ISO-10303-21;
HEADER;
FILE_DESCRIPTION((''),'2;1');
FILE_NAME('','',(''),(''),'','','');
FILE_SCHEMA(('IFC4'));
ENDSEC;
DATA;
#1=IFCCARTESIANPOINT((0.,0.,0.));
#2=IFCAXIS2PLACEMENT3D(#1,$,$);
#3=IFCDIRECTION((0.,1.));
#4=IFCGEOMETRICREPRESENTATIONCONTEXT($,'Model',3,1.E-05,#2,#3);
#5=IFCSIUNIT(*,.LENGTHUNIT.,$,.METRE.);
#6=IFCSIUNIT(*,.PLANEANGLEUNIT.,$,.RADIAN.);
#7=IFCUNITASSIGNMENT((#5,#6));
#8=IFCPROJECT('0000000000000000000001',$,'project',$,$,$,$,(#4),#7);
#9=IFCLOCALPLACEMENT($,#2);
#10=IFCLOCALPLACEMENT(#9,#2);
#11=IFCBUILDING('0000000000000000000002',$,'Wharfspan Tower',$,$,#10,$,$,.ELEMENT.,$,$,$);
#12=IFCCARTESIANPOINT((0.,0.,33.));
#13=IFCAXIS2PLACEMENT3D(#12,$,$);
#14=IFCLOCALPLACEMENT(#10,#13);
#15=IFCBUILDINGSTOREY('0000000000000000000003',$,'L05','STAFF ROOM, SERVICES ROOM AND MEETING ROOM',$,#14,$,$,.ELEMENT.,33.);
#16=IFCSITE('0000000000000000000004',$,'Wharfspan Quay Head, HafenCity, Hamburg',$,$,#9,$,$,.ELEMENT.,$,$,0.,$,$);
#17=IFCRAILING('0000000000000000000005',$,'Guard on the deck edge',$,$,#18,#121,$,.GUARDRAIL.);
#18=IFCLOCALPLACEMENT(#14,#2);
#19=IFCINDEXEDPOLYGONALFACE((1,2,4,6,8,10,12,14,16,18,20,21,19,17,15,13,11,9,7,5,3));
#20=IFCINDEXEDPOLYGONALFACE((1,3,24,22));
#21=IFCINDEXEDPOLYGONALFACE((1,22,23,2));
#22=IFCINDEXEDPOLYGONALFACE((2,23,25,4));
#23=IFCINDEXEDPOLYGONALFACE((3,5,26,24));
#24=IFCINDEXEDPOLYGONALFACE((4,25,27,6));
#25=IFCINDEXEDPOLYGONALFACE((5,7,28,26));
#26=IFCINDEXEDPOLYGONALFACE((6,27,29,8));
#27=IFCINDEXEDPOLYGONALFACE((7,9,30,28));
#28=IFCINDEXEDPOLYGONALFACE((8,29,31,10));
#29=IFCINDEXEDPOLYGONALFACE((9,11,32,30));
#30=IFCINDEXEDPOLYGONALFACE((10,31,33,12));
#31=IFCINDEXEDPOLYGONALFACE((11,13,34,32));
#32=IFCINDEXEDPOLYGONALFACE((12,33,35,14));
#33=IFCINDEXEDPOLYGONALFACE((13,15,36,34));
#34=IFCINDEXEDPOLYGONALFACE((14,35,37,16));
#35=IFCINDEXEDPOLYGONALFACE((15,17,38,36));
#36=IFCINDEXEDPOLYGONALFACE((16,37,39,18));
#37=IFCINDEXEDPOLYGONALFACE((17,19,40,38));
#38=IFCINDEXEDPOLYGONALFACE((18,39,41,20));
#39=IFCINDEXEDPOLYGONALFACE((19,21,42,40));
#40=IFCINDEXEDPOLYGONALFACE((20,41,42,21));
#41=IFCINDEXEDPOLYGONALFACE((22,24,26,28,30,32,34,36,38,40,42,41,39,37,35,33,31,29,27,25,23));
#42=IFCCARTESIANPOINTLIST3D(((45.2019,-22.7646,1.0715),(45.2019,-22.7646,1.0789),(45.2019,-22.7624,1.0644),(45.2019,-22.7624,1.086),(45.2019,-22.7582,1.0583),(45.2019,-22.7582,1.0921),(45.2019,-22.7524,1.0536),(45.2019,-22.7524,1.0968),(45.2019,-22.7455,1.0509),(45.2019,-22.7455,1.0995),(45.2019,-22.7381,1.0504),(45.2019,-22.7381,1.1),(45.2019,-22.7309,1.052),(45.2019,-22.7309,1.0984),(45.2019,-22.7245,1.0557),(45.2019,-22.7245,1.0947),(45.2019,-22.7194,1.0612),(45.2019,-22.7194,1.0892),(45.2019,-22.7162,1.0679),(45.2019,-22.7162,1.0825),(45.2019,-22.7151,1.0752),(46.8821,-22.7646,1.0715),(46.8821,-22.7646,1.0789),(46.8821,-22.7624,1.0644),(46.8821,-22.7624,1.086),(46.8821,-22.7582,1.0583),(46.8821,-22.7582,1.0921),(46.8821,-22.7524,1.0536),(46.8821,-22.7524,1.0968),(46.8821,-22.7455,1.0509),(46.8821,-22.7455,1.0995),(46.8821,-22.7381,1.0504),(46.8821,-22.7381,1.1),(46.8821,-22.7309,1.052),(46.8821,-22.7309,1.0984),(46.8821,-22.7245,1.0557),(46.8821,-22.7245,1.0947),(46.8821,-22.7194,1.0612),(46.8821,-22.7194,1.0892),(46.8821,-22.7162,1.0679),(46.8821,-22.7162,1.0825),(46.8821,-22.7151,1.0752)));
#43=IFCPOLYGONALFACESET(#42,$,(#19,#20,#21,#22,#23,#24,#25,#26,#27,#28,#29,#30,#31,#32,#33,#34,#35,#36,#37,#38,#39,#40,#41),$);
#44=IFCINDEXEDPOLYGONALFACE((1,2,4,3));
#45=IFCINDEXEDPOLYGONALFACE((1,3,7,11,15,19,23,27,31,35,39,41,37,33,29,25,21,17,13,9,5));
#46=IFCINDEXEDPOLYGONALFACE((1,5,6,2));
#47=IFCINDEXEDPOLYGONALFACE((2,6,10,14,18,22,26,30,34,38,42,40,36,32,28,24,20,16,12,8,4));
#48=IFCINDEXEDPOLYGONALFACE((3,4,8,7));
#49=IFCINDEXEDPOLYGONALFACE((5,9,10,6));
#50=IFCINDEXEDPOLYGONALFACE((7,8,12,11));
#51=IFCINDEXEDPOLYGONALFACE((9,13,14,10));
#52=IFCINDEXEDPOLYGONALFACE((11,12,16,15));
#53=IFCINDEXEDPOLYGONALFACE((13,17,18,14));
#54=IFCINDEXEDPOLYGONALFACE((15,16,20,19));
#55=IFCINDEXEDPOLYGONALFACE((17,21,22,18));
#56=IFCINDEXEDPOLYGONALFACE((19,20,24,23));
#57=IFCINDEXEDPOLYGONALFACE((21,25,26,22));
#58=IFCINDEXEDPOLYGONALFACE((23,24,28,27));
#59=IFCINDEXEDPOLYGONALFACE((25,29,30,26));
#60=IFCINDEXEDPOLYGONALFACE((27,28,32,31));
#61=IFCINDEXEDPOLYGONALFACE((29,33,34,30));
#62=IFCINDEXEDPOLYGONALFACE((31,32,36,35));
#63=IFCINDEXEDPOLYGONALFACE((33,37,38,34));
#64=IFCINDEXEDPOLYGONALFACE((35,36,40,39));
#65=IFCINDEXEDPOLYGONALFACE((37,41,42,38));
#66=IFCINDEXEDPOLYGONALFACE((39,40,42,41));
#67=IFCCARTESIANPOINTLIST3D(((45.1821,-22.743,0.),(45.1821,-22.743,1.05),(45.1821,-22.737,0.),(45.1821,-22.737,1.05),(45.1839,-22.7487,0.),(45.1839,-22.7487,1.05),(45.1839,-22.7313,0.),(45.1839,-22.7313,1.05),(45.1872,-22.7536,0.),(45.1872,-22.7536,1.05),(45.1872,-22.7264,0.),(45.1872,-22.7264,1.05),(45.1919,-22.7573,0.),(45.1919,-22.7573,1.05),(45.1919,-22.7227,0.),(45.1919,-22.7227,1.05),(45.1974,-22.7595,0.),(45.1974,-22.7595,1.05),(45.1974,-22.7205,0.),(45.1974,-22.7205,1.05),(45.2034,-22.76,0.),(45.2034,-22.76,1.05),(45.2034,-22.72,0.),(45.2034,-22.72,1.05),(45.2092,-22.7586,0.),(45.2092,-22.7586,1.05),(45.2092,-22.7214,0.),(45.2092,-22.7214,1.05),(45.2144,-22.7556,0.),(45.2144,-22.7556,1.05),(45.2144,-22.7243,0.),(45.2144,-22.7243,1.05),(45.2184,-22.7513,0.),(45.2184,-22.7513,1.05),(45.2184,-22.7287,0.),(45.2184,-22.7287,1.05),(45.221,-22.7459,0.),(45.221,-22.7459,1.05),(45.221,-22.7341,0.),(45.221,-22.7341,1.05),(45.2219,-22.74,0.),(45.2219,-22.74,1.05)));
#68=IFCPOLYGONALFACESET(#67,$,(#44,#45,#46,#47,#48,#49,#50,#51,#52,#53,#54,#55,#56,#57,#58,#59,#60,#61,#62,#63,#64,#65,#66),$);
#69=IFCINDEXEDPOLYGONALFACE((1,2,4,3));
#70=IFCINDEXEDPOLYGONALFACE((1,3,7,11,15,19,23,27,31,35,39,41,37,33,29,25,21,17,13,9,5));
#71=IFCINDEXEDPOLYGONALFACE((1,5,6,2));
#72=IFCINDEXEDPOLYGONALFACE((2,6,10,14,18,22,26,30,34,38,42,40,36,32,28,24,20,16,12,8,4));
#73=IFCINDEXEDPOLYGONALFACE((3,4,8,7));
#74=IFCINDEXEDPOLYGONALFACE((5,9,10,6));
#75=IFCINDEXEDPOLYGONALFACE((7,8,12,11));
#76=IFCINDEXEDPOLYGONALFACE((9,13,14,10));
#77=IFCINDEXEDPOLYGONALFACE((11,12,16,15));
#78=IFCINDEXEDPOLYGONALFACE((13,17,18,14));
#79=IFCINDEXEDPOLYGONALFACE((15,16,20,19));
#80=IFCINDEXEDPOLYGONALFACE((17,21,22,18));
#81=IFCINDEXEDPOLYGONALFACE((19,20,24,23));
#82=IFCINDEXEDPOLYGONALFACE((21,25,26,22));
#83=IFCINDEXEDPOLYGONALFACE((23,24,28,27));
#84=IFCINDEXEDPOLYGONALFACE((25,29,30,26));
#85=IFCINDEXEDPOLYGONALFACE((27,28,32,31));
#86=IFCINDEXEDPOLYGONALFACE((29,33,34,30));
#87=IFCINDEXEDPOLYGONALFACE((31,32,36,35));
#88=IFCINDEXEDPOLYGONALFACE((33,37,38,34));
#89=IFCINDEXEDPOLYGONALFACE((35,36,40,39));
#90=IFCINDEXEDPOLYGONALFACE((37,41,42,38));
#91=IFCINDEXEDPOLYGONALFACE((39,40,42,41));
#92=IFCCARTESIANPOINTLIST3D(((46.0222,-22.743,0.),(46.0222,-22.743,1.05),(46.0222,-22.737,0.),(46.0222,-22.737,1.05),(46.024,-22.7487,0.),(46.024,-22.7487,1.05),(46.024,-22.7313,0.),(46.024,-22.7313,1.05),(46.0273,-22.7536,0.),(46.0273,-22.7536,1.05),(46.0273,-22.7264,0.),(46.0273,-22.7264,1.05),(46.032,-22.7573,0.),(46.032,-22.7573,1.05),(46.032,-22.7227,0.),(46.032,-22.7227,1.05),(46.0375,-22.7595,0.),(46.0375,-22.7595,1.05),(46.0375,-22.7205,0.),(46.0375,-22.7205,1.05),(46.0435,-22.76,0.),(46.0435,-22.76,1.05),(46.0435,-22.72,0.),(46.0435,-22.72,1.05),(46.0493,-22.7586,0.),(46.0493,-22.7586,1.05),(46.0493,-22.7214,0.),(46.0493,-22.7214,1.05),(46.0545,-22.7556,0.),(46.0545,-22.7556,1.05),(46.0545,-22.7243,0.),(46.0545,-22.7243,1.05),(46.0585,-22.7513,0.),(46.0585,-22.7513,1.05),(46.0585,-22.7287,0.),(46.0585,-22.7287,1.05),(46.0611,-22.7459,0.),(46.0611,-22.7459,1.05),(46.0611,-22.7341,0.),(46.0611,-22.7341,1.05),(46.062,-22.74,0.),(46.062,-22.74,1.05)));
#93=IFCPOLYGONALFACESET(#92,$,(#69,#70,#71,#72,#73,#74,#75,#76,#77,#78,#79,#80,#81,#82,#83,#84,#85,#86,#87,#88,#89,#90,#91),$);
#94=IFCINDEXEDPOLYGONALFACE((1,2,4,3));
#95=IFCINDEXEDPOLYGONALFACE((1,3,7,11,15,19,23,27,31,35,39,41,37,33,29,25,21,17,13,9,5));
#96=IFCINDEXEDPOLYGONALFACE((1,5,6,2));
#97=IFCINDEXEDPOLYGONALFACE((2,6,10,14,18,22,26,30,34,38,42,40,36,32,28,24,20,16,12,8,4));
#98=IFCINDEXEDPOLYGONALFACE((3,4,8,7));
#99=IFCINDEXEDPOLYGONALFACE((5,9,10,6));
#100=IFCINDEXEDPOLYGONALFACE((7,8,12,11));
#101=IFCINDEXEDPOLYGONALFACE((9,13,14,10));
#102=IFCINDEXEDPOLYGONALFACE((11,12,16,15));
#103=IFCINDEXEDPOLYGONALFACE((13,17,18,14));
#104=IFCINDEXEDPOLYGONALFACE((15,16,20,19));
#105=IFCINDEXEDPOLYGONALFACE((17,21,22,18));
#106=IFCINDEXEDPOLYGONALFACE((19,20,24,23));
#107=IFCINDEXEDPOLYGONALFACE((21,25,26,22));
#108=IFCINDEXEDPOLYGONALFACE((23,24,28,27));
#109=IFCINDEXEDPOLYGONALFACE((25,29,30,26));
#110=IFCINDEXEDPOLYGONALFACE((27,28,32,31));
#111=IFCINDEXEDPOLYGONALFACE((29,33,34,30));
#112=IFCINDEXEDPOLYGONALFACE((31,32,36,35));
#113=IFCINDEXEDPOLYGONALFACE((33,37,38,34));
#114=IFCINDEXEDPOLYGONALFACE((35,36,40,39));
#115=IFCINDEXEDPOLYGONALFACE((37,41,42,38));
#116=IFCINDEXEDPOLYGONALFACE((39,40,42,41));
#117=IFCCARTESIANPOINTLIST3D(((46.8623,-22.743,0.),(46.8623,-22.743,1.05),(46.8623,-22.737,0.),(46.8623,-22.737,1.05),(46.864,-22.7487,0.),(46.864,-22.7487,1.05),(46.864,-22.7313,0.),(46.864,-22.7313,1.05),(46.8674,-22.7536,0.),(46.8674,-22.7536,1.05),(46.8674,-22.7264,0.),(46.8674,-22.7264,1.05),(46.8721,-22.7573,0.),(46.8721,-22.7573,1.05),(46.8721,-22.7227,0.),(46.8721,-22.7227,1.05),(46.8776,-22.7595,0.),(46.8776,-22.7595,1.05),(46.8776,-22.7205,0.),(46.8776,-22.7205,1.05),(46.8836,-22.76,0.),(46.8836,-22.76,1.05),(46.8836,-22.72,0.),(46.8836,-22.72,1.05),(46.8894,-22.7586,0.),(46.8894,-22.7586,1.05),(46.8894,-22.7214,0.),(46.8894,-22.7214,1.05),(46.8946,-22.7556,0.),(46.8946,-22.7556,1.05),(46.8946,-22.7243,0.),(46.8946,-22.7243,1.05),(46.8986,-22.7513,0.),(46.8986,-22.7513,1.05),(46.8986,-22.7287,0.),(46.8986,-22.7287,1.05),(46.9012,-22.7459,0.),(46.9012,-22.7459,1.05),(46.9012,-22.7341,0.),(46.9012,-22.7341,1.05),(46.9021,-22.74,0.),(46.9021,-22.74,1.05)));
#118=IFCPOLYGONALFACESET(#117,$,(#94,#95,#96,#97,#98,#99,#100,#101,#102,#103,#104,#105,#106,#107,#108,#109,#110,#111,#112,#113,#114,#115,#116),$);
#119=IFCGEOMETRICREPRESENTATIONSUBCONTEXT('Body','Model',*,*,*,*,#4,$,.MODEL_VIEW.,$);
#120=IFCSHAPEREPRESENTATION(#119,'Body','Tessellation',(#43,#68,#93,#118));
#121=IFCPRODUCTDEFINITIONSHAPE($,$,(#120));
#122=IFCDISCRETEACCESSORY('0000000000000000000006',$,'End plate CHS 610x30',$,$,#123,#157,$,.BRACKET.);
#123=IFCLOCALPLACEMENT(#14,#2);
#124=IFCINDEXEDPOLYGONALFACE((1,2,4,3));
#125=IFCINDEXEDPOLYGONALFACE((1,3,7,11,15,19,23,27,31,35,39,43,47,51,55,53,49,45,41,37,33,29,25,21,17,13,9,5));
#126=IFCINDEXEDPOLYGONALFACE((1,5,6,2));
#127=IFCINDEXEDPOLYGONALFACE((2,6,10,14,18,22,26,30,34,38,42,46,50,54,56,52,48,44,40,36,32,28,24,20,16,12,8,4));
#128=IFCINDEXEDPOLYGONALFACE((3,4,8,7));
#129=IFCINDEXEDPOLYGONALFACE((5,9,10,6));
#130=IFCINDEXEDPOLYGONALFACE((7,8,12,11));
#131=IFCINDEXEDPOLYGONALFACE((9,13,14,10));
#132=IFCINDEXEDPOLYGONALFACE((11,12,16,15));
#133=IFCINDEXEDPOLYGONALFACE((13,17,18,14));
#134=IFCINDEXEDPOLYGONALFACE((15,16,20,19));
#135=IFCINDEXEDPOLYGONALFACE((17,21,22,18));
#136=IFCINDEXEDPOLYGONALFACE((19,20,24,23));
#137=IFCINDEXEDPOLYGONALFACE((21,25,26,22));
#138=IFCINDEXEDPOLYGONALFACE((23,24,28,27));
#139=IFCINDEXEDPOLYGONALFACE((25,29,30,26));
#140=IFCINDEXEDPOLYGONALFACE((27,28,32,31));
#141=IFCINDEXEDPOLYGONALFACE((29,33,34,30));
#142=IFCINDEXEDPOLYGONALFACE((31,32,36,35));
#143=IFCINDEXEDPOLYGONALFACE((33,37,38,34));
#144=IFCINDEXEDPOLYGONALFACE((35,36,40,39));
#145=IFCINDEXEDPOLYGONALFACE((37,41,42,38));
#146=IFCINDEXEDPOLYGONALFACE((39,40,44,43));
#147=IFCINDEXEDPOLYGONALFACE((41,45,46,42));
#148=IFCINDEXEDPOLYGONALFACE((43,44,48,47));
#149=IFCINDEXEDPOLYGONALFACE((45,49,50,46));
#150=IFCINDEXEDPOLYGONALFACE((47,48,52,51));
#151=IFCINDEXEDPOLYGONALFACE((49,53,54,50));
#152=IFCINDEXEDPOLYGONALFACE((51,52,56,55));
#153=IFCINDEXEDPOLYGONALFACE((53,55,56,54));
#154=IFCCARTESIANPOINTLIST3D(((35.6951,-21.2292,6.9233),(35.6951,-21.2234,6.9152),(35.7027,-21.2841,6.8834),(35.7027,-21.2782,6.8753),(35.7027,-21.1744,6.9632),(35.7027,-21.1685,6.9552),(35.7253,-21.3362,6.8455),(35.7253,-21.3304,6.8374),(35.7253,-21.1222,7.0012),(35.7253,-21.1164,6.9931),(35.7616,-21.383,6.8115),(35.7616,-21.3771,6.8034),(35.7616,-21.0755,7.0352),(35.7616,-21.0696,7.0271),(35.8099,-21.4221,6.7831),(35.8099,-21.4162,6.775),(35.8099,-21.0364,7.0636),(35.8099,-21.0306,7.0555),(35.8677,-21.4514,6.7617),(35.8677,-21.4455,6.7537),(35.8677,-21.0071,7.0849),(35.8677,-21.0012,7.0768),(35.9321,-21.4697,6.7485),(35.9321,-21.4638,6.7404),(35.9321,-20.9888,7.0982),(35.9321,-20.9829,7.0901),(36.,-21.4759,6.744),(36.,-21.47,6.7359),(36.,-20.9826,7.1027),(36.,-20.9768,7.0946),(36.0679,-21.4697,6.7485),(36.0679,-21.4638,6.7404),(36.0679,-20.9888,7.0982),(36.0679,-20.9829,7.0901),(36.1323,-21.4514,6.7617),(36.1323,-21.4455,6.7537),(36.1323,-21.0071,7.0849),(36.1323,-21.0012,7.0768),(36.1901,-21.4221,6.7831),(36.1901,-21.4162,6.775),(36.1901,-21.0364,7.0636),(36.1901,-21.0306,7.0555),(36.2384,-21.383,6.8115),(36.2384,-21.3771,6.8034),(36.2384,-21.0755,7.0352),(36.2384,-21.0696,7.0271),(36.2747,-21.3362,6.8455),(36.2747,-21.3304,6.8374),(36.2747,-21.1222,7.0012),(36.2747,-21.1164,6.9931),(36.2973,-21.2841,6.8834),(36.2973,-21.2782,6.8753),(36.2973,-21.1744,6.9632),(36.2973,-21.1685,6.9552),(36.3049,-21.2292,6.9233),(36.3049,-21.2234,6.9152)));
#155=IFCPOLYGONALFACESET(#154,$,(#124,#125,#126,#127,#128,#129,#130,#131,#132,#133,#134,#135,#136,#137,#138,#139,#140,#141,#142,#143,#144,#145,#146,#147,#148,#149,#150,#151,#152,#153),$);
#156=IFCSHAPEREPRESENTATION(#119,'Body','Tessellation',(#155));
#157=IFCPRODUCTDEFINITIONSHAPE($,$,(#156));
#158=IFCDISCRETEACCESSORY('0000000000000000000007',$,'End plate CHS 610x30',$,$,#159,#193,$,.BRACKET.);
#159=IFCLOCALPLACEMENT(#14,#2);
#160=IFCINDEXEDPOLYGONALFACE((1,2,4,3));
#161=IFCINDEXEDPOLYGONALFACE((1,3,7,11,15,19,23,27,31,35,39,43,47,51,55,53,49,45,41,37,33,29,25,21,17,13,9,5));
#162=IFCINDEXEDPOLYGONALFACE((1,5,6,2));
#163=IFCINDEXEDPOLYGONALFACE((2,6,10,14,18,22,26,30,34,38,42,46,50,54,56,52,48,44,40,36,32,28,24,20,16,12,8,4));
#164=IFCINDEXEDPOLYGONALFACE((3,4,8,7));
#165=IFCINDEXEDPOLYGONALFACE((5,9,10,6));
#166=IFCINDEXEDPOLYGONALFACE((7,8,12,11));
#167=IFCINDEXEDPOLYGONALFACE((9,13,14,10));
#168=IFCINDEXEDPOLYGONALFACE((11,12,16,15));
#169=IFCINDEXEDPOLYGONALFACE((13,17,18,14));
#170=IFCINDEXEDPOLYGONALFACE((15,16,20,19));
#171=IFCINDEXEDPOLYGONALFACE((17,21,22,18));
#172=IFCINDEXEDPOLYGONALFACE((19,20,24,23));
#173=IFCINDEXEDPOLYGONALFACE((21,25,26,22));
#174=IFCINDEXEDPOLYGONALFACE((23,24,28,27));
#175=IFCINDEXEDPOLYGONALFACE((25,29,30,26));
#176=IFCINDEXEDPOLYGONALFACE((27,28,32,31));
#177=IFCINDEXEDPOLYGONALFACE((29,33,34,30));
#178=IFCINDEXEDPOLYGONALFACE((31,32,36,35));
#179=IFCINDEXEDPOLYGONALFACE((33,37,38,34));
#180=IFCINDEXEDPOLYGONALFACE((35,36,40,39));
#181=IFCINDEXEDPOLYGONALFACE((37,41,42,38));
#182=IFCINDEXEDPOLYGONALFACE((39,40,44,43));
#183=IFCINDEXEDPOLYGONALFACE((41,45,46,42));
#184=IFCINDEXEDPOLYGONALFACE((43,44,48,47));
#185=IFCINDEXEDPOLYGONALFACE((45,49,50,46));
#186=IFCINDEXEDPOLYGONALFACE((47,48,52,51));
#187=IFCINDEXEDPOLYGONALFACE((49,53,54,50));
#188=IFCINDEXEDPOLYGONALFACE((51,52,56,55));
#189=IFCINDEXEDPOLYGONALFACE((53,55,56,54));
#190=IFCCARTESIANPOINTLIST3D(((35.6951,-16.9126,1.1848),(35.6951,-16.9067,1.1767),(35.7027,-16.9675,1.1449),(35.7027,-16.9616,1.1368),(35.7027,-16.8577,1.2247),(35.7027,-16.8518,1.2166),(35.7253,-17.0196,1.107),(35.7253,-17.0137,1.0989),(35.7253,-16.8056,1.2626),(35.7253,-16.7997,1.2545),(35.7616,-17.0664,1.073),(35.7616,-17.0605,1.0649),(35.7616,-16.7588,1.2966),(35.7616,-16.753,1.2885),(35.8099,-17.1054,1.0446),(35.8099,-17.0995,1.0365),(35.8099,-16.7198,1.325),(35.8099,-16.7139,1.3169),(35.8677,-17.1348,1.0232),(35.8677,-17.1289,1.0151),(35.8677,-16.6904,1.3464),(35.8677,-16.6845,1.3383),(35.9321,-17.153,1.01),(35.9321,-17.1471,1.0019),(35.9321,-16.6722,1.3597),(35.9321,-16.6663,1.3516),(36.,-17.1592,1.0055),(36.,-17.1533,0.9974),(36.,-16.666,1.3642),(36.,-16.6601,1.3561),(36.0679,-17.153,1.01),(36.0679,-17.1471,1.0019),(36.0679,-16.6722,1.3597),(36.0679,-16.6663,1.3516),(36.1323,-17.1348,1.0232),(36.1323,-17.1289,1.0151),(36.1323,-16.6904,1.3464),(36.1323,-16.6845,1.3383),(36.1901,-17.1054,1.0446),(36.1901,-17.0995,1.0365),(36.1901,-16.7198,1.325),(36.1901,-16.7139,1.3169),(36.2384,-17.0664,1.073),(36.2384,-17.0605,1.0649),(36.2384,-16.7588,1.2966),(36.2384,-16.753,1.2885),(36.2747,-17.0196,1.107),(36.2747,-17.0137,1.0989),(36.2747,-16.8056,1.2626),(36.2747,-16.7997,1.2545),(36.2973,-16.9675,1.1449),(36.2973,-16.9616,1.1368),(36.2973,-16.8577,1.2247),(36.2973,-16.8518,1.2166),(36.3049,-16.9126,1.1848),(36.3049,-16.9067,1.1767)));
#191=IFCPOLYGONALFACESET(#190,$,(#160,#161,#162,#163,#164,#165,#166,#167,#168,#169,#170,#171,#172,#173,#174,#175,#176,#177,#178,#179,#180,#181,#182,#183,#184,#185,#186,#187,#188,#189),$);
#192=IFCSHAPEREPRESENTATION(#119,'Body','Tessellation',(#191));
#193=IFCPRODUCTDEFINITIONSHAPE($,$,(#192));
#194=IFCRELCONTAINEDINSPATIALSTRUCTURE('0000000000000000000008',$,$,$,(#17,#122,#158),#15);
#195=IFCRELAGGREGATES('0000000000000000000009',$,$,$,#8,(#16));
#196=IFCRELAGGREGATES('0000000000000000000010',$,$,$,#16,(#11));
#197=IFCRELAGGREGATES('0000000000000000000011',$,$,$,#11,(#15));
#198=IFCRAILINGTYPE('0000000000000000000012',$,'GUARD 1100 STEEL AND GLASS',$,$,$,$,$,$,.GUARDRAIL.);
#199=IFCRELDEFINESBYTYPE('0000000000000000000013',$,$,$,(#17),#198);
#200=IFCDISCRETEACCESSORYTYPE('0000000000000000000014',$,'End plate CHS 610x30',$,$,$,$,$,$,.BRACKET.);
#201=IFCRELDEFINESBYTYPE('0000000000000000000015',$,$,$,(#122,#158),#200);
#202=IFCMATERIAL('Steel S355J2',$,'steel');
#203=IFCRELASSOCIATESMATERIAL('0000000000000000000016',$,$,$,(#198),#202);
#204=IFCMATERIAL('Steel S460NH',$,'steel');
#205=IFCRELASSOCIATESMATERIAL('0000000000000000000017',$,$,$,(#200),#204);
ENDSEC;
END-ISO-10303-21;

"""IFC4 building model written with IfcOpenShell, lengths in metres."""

from ifc_helpers import new_model, si_unit, direction, frame, origin, origin_2d, place, context, subcontext, project, spatial, circle, extrude, material, material_profile, profile_set, type_object, element, save


model = new_model("IFC4")

# Units and contexts
model_context = context("Model", 3, precision=1e-05, world=origin(), true_north=direction((0.0, 1.0)))
body_context = subcontext(model_context, "Body", "Model", "MODEL_VIEW")
ifc_project = project(units=[si_unit("LENGTHUNIT", "METRE"), si_unit("PLANEANGLEUNIT", "RADIAN")], contexts=[model_context])

# Site, building, storey
site_placement = place(None, origin())
site = spatial("IfcSite", under=ifc_project, at=site_placement, Name="Wharfspan Quay Head, HafenCity, Hamburg", CompositionType="ELEMENT", RefElevation=0.0)
building_placement = place(site_placement, origin())
building = spatial("IfcBuilding", under=site, at=building_placement, Name="Wharfspan Tower", CompositionType="ELEMENT")
storey_placement = place(building_placement, frame((0.0, 0.0, 33.0)))
storey = spatial("IfcBuildingStorey", under=building, at=storey_placement, Name="L05", Description="STAFF ROOM, SERVICES ROOM AND MEETING ROOM", CompositionType="ELEMENT", Elevation=33.0)

# Shared definitions
ifc_material_1 = material(Name="Steel S460NH", Category="steel")

# Railing
ifc_material_2 = material(Name="Steel S355J2", Category="steel")
railing_type = type_object("IfcRailingType", Name="GUARD 1100 STEEL AND GLASS", PredefinedType="GUARDRAIL", material=ifc_material_2)
railing_1_placement = place(storey_placement, frame((45.2019, -22.74, 0.0)))
element("IfcRailing", 1, at=railing_1_placement, inside=storey, type_object=railing_type, Name="Guard on the deck edge", PredefinedType="GUARDRAIL", context=body_context, shape_type="SweptSolid", body=[
    extrude(circle(Radius=0.0249, at=origin_2d()), frame((0.0, 0.0, 1.0752), z_axis=(1.0, 0.0, 0.0), x_axis=(0.0, 1.0, 0.0)), (0.0, 0.0, 1.0), 1.6802),
    extrude(circle(Radius=0.02, at=origin_2d()), origin(), (0.0, 0.0, 1.0), 1.05),
    extrude(circle(Radius=0.02, at=origin_2d()), frame((0.8401, 0.0, 0.0)), (0.0, 0.0, 1.0), 1.05),
    extrude(circle(Radius=0.02, at=origin_2d()), frame((1.6802, 0.0, 0.0)), (0.0, 0.0, 1.0), 1.05),
])

# Discrete accessories
ifc_material_profile_1 = material_profile(ifc_material_1, circle(Radius=0.3049, at=origin_2d()))
ifc_profile_set_1 = profile_set([ifc_material_profile_1], Name="Steel S460NH")
discrete_accessory_type = type_object("IfcDiscreteAccessoryType", Name="End plate CHS 610x30", PredefinedType="BRACKET", material=ifc_profile_set_1)
for number, where, z_axis, x_axis, name in (
    (2, (36.0, -21.2292, 6.9233), (0.0, 0.588172, -0.808736), (-1.0, 0.0, 0.0), "End plate CHS 610x30"),
    (3, (36.0, -16.9126, 1.1848), (0.0, 0.588172, -0.808736), (-1.0, 0.0, 0.0), "End plate CHS 610x30"),
):
    element("IfcDiscreteAccessory", number, at=place(storey_placement, frame(where, z_axis=z_axis, x_axis=x_axis)), inside=storey, type_object=discrete_accessory_type, Name=name, PredefinedType="BRACKET", context=body_context, shape_type="SweptSolid", body=[
        extrude(circle(Radius=0.3049, at=origin_2d()), origin(), (0.0, 0.0, 1.0), 0.01),
    ])

save(model, "model.ifc")
